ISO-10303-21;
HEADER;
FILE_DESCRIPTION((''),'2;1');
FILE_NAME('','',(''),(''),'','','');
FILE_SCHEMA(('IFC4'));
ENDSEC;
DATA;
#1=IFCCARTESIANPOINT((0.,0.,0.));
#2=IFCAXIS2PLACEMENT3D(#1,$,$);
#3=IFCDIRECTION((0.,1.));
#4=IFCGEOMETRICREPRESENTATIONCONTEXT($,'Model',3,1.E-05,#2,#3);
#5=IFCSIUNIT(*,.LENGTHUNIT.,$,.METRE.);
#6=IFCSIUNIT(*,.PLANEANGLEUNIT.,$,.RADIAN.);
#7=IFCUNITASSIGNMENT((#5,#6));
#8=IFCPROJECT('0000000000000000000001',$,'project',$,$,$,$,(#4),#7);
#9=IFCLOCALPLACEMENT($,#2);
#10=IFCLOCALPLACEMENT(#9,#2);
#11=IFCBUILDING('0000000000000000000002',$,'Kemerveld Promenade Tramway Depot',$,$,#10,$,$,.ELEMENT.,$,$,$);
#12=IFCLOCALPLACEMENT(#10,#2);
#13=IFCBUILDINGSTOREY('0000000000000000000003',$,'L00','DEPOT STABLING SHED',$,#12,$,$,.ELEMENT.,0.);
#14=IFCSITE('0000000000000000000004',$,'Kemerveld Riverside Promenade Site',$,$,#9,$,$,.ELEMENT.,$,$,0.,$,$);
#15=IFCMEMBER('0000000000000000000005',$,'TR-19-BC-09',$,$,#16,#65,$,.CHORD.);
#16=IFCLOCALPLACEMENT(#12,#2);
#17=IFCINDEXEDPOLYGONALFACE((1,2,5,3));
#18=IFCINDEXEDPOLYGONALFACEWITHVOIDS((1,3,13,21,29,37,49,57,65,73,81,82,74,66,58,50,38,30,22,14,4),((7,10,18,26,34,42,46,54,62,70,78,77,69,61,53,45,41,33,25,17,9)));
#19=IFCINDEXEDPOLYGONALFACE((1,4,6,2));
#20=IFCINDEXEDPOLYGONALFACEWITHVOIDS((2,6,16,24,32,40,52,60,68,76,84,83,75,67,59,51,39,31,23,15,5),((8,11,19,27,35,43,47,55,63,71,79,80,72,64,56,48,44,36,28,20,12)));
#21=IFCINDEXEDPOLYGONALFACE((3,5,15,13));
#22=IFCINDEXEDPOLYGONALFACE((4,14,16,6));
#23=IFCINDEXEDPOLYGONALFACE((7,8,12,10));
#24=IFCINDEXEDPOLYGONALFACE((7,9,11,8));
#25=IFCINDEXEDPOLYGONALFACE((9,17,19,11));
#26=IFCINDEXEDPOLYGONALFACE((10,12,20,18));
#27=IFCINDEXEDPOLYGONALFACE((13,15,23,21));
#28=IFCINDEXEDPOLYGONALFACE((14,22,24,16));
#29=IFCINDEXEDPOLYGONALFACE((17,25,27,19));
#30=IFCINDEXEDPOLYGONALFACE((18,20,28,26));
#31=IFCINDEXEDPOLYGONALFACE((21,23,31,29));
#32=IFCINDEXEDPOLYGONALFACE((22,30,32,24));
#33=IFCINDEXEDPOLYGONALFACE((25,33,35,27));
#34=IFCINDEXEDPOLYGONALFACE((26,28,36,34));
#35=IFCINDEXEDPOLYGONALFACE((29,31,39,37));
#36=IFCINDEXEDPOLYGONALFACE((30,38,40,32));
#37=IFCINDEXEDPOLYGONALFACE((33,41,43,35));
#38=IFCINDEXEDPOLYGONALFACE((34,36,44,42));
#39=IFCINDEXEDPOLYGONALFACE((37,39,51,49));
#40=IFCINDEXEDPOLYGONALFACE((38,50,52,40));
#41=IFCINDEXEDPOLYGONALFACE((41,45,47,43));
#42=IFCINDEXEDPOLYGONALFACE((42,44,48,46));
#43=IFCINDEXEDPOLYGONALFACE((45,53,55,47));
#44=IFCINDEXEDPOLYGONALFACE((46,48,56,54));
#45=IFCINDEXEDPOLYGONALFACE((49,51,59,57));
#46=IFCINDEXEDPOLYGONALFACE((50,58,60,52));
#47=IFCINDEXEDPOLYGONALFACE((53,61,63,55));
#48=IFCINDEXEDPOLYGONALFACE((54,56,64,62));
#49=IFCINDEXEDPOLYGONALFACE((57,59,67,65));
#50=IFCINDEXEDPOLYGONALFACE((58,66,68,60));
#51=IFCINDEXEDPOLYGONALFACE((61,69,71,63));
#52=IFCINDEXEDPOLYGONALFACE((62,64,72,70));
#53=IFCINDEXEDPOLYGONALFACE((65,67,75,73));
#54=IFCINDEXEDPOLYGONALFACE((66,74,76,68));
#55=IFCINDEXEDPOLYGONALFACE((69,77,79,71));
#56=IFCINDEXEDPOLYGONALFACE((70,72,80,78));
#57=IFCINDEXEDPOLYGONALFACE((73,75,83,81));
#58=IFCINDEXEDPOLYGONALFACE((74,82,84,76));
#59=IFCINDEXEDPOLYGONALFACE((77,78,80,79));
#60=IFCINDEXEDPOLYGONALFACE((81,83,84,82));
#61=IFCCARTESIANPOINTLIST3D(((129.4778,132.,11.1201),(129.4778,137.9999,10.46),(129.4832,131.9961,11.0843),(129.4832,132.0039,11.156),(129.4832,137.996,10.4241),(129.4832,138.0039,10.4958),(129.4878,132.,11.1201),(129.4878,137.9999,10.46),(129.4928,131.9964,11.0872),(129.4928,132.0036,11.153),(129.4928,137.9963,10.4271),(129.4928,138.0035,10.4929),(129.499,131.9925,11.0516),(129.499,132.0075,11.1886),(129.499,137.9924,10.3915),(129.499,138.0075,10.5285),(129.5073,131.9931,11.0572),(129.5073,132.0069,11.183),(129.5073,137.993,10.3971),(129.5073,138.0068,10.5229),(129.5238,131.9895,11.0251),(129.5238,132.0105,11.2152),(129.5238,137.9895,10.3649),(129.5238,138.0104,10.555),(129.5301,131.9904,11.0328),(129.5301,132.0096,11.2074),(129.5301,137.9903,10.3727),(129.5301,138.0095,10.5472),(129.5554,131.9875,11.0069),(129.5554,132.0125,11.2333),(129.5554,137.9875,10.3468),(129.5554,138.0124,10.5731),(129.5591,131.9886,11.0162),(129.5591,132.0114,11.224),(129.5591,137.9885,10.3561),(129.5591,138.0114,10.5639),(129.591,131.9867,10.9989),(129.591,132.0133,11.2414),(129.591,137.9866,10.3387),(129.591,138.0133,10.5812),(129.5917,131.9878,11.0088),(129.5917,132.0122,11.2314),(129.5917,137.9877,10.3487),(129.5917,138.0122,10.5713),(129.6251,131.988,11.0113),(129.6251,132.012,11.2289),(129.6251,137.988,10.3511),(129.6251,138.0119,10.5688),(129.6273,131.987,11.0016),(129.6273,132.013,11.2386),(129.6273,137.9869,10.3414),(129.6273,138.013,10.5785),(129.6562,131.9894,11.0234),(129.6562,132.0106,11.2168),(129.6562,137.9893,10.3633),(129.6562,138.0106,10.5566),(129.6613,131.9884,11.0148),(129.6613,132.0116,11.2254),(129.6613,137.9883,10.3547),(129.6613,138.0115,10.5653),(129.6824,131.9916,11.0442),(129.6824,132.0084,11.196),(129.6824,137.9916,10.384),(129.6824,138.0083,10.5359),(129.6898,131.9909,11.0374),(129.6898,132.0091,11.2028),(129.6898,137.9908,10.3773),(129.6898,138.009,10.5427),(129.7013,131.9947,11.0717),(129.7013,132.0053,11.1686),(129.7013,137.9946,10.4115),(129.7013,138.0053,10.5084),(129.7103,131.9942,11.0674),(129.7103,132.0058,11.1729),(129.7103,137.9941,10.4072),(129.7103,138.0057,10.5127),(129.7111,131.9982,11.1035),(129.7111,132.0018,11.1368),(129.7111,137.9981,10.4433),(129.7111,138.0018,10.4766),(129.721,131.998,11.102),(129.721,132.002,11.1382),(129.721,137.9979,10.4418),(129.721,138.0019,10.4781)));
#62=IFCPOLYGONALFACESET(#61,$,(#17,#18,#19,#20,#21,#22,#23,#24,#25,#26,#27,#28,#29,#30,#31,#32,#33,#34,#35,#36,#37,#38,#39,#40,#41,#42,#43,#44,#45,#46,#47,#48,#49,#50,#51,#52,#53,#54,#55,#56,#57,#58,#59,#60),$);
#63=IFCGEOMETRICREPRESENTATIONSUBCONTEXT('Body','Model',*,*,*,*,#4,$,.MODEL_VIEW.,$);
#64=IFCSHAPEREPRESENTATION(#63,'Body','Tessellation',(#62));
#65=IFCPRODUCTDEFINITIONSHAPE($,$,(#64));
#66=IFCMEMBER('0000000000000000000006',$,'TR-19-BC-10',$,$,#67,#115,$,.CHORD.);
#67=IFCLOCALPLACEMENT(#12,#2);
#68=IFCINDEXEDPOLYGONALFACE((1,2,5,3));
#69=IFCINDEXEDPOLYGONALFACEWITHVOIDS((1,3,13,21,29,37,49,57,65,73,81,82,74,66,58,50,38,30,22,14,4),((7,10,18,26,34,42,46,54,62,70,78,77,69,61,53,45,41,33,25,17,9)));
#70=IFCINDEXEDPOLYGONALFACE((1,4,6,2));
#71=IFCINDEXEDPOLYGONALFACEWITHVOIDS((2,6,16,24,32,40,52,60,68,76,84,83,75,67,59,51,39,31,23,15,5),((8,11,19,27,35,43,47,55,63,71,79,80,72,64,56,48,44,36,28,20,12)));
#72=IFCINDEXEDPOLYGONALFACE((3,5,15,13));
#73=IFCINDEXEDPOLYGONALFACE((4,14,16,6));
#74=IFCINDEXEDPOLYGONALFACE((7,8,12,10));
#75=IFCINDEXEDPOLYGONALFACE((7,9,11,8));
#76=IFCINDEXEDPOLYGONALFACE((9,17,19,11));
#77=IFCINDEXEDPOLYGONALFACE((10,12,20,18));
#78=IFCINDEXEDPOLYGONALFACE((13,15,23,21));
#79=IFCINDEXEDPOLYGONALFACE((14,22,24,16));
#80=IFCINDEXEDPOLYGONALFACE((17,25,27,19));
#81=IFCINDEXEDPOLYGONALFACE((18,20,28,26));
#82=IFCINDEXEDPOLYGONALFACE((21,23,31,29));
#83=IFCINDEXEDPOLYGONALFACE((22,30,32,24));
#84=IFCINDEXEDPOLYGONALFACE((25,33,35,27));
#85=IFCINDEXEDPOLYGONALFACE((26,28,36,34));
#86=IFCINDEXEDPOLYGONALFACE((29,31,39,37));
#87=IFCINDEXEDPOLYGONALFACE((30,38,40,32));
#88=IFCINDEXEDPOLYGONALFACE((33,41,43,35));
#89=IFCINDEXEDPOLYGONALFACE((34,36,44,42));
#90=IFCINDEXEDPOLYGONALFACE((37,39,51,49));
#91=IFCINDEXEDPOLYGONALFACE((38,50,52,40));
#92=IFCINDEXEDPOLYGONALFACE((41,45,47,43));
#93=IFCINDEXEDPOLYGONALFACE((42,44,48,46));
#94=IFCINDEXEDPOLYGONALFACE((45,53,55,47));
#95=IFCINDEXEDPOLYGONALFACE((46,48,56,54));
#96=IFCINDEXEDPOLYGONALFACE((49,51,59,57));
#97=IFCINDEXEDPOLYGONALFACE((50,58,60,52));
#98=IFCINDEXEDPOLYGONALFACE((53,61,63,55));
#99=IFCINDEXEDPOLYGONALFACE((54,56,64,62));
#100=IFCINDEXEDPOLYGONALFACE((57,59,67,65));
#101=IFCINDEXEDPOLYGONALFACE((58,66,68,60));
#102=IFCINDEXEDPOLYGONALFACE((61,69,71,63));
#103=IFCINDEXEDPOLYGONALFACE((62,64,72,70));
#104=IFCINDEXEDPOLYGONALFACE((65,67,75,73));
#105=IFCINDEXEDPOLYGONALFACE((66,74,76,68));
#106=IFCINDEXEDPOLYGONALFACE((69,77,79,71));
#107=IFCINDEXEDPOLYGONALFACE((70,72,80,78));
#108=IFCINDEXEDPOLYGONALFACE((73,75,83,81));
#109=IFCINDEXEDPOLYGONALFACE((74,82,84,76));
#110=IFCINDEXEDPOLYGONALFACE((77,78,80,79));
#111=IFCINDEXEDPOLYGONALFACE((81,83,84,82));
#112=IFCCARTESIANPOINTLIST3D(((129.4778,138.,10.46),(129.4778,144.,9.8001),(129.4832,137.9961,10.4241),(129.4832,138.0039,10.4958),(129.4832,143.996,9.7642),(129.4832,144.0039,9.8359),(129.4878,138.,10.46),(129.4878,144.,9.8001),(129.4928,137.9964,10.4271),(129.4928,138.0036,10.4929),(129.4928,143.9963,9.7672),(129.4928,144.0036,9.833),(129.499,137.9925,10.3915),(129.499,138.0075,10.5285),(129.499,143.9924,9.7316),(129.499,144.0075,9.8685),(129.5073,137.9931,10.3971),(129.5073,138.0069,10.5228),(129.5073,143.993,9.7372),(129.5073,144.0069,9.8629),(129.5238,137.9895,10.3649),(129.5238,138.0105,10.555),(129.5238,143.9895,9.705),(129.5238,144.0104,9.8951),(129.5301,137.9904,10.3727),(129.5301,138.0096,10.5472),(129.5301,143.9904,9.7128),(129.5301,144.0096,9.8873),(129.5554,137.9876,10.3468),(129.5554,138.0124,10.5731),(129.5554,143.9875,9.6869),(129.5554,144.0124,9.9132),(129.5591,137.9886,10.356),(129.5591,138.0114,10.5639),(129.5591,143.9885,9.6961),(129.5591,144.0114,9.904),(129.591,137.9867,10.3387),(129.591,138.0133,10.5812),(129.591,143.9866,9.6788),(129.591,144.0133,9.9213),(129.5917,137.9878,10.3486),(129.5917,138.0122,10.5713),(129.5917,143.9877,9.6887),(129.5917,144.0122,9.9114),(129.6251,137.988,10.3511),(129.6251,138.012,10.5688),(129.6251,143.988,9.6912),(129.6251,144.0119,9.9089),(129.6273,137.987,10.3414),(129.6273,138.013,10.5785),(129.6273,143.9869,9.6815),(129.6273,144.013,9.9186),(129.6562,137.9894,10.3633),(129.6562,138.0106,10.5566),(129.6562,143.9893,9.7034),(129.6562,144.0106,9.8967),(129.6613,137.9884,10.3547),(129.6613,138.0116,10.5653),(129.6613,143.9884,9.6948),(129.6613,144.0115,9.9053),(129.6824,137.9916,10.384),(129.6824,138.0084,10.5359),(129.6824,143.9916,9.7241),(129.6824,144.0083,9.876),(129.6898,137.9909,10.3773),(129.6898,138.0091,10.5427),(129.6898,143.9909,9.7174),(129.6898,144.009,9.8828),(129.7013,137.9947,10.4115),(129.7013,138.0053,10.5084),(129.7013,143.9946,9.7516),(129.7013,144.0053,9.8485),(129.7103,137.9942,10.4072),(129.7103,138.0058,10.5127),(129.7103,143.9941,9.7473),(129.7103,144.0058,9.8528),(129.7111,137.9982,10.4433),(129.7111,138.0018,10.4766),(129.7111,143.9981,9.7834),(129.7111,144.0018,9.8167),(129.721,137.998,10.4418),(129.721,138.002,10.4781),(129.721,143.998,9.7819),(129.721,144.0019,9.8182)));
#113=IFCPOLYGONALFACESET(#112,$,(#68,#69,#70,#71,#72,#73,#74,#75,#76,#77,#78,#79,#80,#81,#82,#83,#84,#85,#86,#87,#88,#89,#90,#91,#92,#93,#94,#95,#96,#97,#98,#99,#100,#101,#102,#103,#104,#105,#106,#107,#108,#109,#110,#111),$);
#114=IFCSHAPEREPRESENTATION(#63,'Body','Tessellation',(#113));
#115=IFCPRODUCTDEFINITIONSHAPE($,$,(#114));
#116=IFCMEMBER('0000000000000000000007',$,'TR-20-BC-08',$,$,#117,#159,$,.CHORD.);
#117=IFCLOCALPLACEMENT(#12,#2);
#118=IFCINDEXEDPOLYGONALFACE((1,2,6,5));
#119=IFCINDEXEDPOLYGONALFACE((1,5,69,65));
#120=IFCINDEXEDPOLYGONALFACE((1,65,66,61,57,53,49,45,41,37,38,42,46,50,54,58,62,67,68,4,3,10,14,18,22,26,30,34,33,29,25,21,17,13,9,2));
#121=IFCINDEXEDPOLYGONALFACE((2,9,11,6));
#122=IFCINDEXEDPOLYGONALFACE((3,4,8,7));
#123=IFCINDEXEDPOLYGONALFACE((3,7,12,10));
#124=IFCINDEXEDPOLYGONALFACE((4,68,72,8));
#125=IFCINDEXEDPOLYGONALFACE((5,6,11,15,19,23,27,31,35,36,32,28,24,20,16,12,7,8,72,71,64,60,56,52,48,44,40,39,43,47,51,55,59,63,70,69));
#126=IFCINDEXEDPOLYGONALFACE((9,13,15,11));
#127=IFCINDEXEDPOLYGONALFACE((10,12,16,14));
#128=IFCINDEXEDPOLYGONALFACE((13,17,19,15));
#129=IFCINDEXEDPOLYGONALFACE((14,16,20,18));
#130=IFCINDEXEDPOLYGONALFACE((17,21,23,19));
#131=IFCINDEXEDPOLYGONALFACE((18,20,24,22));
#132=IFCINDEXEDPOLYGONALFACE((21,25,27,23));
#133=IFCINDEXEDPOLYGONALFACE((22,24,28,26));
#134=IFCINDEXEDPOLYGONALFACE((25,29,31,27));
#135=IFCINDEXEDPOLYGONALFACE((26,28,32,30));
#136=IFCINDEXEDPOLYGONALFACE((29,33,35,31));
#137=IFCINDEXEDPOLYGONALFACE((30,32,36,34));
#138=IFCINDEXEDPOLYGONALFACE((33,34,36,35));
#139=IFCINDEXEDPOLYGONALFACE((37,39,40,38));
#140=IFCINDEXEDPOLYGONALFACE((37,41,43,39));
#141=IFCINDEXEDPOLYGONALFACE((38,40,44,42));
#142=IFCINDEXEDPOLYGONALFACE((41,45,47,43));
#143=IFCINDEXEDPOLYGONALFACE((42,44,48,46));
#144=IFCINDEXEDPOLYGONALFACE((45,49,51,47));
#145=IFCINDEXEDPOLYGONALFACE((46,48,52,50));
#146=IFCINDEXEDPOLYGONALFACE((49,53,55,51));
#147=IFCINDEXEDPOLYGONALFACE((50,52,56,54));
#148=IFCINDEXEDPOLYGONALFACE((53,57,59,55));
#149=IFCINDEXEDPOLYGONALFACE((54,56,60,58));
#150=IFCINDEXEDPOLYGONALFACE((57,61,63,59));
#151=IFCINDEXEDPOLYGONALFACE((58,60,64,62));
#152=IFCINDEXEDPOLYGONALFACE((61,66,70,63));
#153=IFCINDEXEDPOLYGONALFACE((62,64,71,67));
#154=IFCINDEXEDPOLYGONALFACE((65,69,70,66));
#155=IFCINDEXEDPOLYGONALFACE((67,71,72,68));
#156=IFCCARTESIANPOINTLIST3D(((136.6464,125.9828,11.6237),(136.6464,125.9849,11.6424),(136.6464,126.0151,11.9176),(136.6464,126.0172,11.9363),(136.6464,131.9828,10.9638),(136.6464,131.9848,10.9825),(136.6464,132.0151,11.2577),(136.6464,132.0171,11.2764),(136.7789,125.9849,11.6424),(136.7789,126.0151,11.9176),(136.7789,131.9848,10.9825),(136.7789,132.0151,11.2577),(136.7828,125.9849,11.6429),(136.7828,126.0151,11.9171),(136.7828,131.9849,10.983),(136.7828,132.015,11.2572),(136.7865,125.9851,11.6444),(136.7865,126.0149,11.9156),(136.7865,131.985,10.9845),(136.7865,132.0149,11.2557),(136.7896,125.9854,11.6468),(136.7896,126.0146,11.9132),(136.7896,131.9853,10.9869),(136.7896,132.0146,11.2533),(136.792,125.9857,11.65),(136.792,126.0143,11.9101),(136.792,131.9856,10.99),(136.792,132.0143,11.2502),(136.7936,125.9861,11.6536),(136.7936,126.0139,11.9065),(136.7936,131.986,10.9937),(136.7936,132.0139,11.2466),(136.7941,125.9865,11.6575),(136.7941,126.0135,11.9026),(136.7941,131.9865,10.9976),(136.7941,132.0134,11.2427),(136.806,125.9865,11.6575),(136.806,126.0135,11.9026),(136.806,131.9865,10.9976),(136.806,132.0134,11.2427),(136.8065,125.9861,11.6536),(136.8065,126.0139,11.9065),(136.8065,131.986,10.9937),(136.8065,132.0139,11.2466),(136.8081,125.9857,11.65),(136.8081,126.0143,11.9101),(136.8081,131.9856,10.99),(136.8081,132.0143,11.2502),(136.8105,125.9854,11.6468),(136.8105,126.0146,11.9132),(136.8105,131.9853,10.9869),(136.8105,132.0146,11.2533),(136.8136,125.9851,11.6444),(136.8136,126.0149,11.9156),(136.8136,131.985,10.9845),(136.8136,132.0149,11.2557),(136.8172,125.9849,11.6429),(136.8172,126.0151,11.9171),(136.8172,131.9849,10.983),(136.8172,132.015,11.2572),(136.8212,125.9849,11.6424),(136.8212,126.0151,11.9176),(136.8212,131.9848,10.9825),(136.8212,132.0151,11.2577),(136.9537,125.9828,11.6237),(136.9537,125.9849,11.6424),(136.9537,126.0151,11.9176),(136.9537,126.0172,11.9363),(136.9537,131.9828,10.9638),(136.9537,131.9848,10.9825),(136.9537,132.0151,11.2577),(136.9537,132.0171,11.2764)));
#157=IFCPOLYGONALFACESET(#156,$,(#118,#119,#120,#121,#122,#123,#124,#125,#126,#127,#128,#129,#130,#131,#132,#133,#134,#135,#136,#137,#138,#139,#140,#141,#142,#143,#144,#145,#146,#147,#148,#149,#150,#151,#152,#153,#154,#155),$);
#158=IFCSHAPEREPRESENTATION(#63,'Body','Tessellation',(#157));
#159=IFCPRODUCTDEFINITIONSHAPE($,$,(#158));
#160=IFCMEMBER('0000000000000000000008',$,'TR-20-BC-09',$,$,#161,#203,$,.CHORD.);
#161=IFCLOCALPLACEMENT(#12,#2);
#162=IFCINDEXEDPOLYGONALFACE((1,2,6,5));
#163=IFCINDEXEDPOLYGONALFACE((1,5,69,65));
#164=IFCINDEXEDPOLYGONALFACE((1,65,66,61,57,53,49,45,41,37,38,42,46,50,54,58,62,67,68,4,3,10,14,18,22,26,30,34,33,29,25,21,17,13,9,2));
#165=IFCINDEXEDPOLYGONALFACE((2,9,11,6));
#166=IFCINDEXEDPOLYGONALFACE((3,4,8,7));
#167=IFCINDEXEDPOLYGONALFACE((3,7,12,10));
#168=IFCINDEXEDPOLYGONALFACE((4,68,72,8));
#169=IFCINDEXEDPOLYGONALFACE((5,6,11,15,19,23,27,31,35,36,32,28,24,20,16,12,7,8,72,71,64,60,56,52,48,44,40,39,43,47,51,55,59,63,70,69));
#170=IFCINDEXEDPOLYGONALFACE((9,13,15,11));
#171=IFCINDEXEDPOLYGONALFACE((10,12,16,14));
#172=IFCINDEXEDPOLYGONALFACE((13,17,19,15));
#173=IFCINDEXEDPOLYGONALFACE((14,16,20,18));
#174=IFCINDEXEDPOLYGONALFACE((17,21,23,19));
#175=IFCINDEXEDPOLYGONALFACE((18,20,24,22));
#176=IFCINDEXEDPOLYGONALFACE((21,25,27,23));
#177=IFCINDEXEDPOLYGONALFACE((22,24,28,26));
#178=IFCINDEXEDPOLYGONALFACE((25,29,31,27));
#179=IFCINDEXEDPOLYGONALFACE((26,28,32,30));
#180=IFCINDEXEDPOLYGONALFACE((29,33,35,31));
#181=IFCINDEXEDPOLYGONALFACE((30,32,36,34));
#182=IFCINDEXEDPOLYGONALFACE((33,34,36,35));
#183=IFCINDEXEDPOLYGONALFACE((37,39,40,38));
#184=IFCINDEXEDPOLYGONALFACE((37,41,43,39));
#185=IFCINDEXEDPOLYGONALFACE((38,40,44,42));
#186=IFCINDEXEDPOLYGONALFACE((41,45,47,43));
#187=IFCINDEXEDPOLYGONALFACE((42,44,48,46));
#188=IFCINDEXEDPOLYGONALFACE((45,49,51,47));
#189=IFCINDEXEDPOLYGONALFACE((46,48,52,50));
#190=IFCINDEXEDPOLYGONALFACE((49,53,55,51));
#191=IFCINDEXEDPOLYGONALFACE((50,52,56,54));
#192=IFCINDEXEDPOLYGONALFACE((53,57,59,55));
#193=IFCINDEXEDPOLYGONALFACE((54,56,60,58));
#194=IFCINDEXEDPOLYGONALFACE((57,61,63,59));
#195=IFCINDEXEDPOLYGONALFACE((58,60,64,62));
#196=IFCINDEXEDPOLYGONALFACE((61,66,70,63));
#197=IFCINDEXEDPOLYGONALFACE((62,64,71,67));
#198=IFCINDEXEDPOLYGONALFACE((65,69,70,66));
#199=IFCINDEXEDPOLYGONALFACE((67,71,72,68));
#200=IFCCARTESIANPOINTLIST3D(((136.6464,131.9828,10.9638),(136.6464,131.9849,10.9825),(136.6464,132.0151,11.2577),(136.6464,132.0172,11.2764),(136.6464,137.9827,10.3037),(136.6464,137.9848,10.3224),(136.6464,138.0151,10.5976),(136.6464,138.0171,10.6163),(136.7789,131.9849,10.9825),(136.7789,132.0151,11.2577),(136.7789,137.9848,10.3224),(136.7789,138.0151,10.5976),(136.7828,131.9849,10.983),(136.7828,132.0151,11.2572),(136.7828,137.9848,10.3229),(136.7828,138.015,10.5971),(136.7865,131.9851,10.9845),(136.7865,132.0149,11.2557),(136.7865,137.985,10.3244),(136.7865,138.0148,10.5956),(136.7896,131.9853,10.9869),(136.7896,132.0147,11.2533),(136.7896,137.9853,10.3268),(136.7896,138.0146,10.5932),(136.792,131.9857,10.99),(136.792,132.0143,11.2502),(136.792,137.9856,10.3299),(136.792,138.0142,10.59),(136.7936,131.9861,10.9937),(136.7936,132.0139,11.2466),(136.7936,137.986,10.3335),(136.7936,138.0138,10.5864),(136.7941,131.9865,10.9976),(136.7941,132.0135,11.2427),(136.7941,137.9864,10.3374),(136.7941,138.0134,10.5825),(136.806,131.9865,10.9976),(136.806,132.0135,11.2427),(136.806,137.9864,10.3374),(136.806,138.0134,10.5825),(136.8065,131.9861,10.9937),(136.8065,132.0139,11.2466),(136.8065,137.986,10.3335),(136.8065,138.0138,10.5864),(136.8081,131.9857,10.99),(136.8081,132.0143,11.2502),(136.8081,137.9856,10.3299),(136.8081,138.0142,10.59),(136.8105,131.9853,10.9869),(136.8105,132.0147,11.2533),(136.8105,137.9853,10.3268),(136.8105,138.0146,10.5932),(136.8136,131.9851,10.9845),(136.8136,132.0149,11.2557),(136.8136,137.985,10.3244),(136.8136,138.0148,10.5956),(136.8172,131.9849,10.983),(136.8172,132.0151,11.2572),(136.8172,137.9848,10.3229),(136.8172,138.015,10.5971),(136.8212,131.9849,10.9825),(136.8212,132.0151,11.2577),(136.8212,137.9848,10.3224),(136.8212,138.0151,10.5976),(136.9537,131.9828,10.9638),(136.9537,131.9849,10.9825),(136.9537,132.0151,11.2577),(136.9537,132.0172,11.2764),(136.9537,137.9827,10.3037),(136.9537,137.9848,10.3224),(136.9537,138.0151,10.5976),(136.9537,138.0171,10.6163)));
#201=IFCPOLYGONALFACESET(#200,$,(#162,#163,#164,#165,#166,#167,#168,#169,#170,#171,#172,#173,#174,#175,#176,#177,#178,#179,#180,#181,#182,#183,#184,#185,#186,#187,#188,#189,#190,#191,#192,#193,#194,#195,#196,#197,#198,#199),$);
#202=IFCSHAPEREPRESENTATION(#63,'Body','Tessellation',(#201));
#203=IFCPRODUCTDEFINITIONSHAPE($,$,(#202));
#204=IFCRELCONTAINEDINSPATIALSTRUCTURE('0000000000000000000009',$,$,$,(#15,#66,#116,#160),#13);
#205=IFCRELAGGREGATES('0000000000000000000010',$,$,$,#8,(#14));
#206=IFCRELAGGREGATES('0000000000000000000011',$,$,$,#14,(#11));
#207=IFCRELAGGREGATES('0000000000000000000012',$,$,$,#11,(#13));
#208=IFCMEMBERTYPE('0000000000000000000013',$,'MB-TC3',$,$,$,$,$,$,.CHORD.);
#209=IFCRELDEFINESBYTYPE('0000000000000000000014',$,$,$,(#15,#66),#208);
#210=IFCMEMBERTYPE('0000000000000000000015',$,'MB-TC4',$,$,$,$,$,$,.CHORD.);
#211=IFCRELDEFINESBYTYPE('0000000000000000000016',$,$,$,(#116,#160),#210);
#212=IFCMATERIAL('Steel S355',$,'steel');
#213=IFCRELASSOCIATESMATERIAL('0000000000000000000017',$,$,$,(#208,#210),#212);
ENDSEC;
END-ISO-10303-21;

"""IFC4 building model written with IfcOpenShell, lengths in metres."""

from ifc_helpers import new_model, si_unit, direction, frame, origin, origin_2d, place, context, subcontext, project, spatial, hollow_circle, i_section, extrude, material, material_profile, profile_set, type_object, element, save


model = new_model("IFC4")

# Units and contexts
model_context = context("Model", 3, precision=1e-05, world=origin(), true_north=direction((0.0, 1.0)))
body_context = subcontext(model_context, "Body", "Model", "MODEL_VIEW")
ifc_project = project(units=[si_unit("LENGTHUNIT", "METRE"), si_unit("PLANEANGLEUNIT", "RADIAN")], contexts=[model_context])

# Site, building, storey
site_placement = place(None, origin())
site = spatial("IfcSite", under=ifc_project, at=site_placement, Name="Kemerveld Riverside Promenade Site", CompositionType="ELEMENT", RefElevation=0.0)
building_placement = place(site_placement, origin())
building = spatial("IfcBuilding", under=site, at=building_placement, Name="Kemerveld Promenade Tramway Depot", CompositionType="ELEMENT")
storey_placement = place(building_placement, origin())
storey = spatial("IfcBuildingStorey", under=building, at=storey_placement, Name="L00", Description="DEPOT STABLING SHED", CompositionType="ELEMENT", Elevation=0.0)

# Members
ifc_material = material(Name="Steel S355", Category="steel")
ifc_material_profile_1 = material_profile(ifc_material, hollow_circle(Radius=0.1223, WallThickness=0.01, at=origin_2d()), Name="244.5x10.0 CHS")
ifc_profile_set_1 = profile_set([ifc_material_profile_1], Name="Steel S355")
member_type_1 = type_object("IfcMemberType", Name="MB-TC3", PredefinedType="CHORD", material=ifc_profile_set_1)
for number, where, z_axis, x_axis, name in (
    (1, (129.6001, 132.0, 11.1201), (0.0, 0.994002, -0.109366), (-1.0, 0.0, 0.0), "TR-19-BC-09"),
    (2, (129.6001, 138.0, 10.46), (0.0, 0.994006, -0.109326), (-1.0, 0.0, 0.0), "TR-19-BC-10"),
):
    element("IfcMember", number, at=place(storey_placement, frame(where, z_axis=z_axis, x_axis=x_axis)), inside=storey, type_object=member_type_1, Name=name, PredefinedType="CHORD", context=body_context, shape_type="SweptSolid", body=[
        extrude(hollow_circle(Radius=0.1223, WallThickness=0.01, at=origin_2d()), origin(), (0.0, 0.0, 1.0), 6.0361),
    ])
ifc_material_profile_2 = material_profile(ifc_material, i_section(OverallWidth=0.3074, OverallDepth=0.3145, WebThickness=0.012, FlangeThickness=0.0188, FilletRadius=0.0151, at=origin_2d()), Name="305x305x118 UC")
ifc_profile_set_2 = profile_set([ifc_material_profile_2], Name="Steel S355")
member_type_2 = type_object("IfcMemberType", Name="MB-TC4", PredefinedType="CHORD", material=ifc_profile_set_2)
for number, where, z_axis, x_axis, name in (
    (3, (136.8, 126.0, 11.78), (0.0, 0.994006, -0.109326), (-1.0, 0.0, 0.0), "TR-20-BC-08"),
    (4, (136.8, 132.0, 11.1201), (0.0, 0.994002, -0.109366), (-1.0, 0.0, 0.0), "TR-20-BC-09"),
):
    element("IfcMember", number, at=place(storey_placement, frame(where, z_axis=z_axis, x_axis=x_axis)), inside=storey, type_object=member_type_2, Name=name, PredefinedType="CHORD", context=body_context, shape_type="SweptSolid", body=[
        extrude(i_section(OverallWidth=0.3074, OverallDepth=0.3145, WebThickness=0.012, FlangeThickness=0.0188, FilletRadius=0.0151, at=origin_2d()), origin(), (0.0, 0.0, 1.0), 6.0361),
    ])

save(model, "model.ifc")
